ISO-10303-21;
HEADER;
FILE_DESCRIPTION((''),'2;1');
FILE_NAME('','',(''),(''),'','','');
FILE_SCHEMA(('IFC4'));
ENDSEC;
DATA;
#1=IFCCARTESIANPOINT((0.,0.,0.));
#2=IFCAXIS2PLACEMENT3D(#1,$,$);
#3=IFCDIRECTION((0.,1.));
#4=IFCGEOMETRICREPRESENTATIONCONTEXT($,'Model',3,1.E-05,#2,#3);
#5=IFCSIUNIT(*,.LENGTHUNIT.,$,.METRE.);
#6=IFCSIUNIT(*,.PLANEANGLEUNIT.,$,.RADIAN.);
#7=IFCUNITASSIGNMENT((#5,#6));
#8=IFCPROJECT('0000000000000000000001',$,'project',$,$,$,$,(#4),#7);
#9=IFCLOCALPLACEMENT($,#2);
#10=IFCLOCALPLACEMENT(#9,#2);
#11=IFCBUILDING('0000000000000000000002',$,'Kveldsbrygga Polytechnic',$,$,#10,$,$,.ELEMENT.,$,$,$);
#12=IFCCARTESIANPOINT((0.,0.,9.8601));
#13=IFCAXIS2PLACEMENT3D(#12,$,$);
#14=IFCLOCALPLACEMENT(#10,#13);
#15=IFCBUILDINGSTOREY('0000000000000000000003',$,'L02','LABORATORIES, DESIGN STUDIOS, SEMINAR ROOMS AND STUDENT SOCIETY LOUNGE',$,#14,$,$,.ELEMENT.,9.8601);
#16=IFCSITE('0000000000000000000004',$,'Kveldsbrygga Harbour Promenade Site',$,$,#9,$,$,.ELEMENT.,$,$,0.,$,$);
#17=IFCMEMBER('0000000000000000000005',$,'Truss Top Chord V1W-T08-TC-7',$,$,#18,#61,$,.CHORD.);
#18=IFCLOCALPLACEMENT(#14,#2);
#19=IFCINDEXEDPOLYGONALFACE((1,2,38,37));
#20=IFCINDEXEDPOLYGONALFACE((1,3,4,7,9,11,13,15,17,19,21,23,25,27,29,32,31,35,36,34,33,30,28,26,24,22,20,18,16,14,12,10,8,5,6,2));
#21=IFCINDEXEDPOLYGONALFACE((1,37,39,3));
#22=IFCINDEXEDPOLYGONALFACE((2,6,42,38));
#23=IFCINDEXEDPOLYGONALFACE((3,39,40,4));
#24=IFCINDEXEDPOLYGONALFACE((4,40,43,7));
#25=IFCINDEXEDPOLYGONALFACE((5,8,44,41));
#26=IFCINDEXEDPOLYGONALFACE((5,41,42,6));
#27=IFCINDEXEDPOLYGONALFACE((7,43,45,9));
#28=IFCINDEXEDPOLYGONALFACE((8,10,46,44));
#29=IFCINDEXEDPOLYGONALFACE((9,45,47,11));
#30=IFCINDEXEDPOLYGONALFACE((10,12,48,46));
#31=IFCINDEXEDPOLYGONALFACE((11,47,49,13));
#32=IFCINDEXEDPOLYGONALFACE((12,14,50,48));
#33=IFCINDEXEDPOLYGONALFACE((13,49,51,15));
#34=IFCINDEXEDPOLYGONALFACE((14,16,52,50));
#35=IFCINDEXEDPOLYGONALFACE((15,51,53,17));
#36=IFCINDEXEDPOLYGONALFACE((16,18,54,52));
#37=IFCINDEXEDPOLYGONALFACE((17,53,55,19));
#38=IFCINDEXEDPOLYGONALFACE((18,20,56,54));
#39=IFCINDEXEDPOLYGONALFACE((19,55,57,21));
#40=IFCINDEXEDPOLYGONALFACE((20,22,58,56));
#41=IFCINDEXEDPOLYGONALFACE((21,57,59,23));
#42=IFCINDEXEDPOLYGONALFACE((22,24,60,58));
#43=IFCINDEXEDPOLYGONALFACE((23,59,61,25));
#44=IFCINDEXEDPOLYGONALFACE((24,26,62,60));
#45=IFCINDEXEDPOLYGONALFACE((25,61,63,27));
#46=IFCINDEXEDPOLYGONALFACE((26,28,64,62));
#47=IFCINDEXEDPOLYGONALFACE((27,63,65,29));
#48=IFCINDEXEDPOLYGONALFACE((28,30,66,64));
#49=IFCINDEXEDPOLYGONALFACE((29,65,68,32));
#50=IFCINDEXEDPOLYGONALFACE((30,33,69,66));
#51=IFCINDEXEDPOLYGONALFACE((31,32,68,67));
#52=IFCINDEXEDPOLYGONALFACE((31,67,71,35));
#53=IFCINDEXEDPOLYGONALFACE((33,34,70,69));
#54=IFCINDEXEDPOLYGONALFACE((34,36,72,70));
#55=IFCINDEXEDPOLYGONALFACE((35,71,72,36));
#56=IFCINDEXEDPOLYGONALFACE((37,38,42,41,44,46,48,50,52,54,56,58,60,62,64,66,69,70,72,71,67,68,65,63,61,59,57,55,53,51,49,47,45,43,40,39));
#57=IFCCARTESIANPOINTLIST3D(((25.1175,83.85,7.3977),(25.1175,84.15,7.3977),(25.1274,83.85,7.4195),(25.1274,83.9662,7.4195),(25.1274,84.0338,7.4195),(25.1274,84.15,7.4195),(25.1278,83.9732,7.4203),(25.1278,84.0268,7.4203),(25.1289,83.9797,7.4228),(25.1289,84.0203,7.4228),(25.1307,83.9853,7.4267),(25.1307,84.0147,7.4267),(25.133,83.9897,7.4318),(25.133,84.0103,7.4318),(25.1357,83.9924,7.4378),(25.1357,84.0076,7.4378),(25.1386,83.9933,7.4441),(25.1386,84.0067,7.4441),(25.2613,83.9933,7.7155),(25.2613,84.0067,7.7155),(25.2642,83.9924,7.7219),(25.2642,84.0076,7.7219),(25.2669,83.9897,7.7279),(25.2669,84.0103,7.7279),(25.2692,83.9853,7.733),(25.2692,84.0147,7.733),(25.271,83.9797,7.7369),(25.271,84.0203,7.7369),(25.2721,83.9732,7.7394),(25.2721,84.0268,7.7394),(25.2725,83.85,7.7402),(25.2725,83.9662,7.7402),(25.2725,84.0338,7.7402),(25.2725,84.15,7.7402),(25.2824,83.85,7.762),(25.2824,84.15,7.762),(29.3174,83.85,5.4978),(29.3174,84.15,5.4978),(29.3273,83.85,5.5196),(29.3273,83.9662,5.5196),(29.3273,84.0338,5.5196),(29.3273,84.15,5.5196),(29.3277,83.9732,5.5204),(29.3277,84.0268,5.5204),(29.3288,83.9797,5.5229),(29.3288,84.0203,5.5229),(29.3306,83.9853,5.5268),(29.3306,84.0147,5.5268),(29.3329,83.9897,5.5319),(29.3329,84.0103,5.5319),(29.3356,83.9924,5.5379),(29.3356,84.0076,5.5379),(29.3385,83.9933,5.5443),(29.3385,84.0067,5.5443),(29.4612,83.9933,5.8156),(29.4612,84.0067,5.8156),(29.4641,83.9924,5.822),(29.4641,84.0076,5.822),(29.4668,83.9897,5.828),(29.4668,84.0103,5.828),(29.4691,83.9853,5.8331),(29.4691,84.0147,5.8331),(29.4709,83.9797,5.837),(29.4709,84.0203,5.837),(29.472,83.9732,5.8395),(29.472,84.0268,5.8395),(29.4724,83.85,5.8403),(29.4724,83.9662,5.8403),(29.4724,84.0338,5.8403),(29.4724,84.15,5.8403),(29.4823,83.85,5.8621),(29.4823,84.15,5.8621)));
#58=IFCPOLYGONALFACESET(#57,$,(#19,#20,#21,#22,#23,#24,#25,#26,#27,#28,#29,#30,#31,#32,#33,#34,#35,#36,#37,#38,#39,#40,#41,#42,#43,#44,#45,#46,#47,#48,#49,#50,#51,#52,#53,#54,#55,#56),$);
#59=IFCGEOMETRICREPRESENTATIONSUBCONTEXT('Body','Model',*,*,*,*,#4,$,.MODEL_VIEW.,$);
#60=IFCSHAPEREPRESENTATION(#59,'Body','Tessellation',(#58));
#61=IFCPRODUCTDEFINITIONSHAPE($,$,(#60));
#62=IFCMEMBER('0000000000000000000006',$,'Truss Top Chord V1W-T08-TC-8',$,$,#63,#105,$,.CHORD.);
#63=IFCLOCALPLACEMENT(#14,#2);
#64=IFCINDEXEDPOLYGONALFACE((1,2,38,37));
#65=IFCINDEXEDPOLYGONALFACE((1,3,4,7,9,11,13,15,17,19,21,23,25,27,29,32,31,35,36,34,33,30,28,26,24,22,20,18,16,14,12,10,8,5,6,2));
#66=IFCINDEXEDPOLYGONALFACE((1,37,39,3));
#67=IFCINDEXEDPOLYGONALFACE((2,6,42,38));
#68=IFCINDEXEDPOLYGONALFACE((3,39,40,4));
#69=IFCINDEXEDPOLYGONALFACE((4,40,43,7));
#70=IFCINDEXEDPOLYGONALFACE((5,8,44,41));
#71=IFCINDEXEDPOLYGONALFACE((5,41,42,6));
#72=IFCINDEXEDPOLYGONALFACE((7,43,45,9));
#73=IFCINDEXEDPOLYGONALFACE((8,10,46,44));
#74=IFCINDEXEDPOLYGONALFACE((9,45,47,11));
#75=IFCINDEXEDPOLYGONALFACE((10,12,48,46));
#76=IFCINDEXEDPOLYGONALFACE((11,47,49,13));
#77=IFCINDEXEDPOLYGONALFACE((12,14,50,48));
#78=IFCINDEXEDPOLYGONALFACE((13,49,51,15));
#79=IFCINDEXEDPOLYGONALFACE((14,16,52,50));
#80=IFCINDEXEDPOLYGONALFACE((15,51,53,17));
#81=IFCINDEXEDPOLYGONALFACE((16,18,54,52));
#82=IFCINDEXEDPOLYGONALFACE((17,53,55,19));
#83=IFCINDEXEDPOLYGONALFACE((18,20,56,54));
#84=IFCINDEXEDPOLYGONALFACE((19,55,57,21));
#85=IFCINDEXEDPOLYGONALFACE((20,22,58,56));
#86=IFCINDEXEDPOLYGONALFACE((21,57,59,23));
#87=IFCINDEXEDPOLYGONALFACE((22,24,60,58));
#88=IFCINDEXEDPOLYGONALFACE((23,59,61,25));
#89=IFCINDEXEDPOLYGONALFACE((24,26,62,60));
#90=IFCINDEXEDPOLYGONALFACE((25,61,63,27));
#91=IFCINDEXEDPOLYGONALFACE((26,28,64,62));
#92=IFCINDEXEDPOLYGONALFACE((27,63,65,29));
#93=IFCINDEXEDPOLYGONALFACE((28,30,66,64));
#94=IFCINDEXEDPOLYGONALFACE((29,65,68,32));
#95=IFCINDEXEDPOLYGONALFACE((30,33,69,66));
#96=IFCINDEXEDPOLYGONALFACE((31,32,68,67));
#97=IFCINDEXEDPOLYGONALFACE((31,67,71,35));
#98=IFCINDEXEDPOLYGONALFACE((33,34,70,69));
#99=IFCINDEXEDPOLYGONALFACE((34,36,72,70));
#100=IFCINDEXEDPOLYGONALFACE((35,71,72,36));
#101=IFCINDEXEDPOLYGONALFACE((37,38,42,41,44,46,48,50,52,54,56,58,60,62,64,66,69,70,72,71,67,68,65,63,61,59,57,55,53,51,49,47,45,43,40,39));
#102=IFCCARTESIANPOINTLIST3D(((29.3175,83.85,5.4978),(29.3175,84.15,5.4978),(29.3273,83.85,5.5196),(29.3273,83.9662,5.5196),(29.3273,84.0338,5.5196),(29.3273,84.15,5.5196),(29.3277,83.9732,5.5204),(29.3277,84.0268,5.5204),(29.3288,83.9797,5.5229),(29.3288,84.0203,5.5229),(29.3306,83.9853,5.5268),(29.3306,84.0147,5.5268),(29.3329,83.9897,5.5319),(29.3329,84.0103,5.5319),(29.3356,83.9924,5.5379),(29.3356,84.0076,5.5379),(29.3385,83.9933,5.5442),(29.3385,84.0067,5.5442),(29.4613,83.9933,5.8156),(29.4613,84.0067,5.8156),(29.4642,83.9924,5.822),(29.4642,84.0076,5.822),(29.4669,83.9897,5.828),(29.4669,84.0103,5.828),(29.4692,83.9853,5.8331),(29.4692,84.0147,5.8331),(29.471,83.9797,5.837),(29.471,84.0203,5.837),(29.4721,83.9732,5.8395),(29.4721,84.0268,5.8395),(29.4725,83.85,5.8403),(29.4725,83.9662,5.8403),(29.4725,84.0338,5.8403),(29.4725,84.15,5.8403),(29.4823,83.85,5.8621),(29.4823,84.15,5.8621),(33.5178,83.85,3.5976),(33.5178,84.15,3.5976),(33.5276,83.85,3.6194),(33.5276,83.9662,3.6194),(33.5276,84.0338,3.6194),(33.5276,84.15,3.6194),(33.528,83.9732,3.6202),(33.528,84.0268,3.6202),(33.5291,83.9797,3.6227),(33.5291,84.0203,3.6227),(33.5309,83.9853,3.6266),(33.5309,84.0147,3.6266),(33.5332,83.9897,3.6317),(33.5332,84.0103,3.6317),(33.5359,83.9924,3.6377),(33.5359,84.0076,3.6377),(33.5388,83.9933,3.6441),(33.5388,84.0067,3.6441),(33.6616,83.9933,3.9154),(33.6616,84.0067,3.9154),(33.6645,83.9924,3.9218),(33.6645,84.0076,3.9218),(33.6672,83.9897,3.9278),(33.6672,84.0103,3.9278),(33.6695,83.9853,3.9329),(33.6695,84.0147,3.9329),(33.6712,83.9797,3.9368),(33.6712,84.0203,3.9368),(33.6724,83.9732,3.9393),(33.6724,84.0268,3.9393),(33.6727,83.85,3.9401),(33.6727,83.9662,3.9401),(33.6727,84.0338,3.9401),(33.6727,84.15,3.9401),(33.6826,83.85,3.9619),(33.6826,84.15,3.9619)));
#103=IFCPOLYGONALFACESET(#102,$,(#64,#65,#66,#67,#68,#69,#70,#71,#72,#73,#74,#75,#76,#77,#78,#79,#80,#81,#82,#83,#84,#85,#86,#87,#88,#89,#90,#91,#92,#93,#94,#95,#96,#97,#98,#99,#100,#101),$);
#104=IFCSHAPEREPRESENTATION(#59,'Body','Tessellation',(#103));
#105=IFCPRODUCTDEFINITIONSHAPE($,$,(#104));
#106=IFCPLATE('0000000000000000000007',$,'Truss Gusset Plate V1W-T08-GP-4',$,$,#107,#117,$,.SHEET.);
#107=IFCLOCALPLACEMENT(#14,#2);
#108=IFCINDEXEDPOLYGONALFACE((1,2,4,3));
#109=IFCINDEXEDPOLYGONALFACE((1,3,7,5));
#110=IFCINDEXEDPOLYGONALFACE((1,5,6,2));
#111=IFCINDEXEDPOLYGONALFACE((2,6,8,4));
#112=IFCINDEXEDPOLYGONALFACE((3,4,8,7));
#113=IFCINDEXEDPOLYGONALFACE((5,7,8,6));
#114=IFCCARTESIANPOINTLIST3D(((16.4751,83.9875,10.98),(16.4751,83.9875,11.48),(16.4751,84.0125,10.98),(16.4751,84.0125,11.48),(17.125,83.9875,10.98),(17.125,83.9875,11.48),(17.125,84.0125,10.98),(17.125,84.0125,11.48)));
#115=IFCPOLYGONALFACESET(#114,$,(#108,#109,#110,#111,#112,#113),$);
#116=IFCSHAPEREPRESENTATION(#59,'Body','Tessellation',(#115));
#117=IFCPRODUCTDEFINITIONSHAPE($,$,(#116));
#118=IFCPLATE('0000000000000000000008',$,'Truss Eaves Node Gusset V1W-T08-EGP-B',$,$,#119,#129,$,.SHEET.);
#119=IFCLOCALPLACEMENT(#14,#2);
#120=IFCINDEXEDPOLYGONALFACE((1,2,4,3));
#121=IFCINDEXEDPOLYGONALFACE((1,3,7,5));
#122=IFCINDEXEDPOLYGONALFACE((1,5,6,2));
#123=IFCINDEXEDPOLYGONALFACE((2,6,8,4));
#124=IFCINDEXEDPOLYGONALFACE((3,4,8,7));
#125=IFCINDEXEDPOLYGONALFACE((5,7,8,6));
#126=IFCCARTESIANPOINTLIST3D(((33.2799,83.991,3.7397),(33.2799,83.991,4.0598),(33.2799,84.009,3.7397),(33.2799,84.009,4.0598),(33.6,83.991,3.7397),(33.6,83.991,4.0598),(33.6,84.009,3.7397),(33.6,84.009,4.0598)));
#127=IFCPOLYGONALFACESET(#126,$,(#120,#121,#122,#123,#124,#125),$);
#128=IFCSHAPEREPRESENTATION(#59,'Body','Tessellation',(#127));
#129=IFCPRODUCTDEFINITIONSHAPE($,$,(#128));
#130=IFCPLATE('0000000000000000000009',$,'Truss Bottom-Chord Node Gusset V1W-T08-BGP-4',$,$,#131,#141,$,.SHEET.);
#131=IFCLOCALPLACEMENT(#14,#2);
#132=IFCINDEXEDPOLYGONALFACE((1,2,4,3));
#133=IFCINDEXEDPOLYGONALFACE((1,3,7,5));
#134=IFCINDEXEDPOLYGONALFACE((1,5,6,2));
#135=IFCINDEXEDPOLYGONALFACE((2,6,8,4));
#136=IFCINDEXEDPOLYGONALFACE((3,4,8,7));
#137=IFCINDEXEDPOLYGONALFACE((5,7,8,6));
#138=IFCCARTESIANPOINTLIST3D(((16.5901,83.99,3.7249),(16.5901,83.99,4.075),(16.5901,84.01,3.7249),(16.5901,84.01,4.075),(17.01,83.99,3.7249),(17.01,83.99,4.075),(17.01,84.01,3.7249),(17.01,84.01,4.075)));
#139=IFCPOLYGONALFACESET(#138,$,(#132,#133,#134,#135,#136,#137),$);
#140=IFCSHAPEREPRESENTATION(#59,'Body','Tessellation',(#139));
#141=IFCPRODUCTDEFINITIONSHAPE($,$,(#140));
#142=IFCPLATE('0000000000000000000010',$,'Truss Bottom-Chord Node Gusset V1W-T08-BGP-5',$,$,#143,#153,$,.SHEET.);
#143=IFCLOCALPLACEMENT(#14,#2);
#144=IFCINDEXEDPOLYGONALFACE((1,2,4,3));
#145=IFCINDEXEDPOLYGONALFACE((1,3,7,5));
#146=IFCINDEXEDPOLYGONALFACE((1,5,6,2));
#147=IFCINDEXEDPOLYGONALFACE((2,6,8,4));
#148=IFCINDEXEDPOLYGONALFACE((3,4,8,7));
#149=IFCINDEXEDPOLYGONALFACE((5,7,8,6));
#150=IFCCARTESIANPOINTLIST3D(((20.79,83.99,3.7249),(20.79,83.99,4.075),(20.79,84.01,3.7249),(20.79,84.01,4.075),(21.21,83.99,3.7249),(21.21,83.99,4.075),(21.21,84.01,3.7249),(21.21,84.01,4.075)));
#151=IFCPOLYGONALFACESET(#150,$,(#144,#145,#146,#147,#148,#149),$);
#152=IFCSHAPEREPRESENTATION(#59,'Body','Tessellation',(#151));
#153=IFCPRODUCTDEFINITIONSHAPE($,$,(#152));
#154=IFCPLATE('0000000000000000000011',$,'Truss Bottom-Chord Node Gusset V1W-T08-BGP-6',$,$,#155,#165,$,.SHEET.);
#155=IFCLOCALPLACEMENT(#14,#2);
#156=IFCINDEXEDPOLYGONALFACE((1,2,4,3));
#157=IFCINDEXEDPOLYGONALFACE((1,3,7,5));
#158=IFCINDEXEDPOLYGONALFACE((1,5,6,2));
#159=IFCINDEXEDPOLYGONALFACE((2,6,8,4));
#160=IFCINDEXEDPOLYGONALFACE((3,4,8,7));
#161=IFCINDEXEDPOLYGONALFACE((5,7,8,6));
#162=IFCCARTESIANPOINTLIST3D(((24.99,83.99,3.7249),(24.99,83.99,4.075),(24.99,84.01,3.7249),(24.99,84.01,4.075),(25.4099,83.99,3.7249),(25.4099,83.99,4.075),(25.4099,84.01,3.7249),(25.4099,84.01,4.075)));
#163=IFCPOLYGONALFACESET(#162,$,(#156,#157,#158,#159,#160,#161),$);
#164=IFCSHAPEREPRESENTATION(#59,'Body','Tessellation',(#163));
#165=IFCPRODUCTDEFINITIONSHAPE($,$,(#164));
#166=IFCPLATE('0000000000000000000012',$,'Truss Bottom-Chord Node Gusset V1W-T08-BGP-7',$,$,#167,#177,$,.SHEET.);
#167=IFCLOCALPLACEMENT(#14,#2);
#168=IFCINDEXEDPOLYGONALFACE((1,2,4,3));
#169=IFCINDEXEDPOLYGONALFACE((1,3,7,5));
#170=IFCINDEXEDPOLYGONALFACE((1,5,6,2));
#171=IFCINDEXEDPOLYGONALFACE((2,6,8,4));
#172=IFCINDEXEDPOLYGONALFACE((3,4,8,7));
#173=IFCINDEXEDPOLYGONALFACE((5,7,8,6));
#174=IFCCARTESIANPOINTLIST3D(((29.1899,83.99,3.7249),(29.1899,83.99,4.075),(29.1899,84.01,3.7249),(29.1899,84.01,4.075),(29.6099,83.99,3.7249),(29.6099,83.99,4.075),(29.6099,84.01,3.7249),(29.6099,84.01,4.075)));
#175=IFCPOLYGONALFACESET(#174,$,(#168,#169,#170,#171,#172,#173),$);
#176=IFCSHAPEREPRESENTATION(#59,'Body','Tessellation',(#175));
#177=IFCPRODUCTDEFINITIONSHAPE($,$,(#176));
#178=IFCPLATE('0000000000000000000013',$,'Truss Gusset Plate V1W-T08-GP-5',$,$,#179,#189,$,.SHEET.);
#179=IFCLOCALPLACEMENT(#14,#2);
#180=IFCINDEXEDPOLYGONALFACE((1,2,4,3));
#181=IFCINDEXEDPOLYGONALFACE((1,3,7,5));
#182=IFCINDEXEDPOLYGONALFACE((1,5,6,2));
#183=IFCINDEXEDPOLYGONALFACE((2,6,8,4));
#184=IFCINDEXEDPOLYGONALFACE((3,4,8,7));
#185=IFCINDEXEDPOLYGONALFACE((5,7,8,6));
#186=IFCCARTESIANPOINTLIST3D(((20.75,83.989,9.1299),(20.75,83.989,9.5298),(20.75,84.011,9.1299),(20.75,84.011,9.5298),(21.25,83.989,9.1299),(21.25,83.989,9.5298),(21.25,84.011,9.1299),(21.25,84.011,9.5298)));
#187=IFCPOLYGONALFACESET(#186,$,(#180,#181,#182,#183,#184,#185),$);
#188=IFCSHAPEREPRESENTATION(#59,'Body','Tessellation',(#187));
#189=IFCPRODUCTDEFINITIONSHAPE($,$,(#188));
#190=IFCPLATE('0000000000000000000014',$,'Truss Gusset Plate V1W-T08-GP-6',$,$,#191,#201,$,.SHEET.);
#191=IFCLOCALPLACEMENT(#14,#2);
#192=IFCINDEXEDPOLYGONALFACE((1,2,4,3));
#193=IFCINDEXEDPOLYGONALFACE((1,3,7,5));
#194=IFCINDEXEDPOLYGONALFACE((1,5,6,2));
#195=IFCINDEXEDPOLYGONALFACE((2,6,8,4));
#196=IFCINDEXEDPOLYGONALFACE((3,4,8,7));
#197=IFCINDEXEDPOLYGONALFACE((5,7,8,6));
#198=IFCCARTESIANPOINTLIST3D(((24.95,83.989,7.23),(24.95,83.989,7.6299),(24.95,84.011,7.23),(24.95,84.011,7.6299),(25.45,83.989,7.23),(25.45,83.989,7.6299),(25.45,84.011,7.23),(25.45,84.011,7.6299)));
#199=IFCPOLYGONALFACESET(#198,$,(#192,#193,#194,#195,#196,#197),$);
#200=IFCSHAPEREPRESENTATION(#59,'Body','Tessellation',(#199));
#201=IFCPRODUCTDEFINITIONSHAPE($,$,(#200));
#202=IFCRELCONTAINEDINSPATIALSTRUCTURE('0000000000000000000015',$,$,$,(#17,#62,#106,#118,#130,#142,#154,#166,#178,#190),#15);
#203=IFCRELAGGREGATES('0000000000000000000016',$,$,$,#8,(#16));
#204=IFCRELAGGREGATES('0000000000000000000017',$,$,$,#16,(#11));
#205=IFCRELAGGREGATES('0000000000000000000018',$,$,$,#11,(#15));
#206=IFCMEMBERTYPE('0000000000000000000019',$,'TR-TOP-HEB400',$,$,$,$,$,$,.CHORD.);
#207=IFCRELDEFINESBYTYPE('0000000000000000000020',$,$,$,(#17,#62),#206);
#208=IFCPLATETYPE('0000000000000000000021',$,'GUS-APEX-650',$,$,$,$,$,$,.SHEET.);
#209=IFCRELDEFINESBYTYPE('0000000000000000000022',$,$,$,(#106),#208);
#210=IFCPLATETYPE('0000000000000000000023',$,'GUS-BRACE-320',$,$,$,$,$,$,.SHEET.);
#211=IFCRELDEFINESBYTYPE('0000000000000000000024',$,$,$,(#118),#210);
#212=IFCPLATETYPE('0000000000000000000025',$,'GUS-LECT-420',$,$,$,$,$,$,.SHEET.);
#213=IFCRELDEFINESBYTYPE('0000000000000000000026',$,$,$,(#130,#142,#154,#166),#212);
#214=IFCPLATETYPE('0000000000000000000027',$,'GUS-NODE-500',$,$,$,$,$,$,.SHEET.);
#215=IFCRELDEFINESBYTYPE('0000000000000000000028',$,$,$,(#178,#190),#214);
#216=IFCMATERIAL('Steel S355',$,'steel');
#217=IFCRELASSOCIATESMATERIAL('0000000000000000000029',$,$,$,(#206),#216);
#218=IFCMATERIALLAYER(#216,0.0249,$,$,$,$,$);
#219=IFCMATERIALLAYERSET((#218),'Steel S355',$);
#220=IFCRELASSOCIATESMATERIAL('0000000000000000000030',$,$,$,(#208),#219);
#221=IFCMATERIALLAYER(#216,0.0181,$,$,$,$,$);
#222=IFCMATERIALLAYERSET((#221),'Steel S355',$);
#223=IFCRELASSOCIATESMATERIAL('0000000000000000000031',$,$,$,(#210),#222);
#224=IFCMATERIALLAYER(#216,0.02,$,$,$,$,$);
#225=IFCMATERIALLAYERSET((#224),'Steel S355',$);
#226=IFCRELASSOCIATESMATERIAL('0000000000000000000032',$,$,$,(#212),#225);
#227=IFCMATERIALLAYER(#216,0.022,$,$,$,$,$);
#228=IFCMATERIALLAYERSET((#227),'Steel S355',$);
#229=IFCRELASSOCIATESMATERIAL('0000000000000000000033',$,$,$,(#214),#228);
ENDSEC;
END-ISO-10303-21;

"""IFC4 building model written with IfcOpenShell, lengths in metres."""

from ifc_helpers import new_model, si_unit, direction, frame, origin, origin_2d, place, context, subcontext, project, spatial, rectangle, i_section, extrude, material, layer, layer_set, material_profile, profile_set, type_object, element, save


model = new_model("IFC4")

# Units and contexts
model_context = context("Model", 3, precision=1e-05, world=origin(), true_north=direction((0.0, 1.0)))
body_context = subcontext(model_context, "Body", "Model", "MODEL_VIEW")
ifc_project = project(units=[si_unit("LENGTHUNIT", "METRE"), si_unit("PLANEANGLEUNIT", "RADIAN")], contexts=[model_context])

# Site, building, storey
site_placement = place(None, origin())
site = spatial("IfcSite", under=ifc_project, at=site_placement, Name="Kveldsbrygga Harbour Promenade Site", CompositionType="ELEMENT", RefElevation=0.0)
building_placement = place(site_placement, origin())
building = spatial("IfcBuilding", under=site, at=building_placement, Name="Kveldsbrygga Polytechnic", CompositionType="ELEMENT")
storey_placement = place(building_placement, frame((0.0, 0.0, 9.8601)))
storey = spatial("IfcBuildingStorey", under=building, at=storey_placement, Name="L02", Description="LABORATORIES, DESIGN STUDIOS, SEMINAR ROOMS AND STUDENT SOCIETY LOUNGE", CompositionType="ELEMENT", Elevation=9.8601)

# Shared definitions
ifc_material_1 = material(Name="Steel S355", Category="steel")

# Members
ifc_material_profile_1 = material_profile(ifc_material_1, i_section(OverallWidth=0.3, OverallDepth=0.3999, WebThickness=0.0134, FlangeThickness=0.0239, FilletRadius=0.0271, at=origin_2d()), Name="HEB 400")
ifc_profile_set_1 = profile_set([ifc_material_profile_1], Name="Steel S355")
member_type_1 = type_object("IfcMemberType", Name="TR-TOP-HEB400", PredefinedType="CHORD", material=ifc_profile_set_1)
member_1_placement = place(storey_placement, frame((25.2, 84.0, 7.5798), z_axis=(0.911114, 0.0, -0.412154), x_axis=(0.0, 1.0, 0.0)))
element("IfcMember", 1, at=member_1_placement, inside=storey, type_object=member_type_1, Name="Truss Top Chord V1W-T08-TC-7", PredefinedType="CHORD", context=body_context, shape_type="SweptSolid", body=[
    extrude(i_section(OverallWidth=0.3, OverallDepth=0.3999, WebThickness=0.0134, FlangeThickness=0.0239, FilletRadius=0.0271, at=origin_2d()), origin(), (0.0, 0.0, 1.0), 4.6096),
])
member_2_placement = place(storey_placement, frame((29.3999, 84.0, 5.6799), z_axis=(0.911103, 0.0, -0.412178), x_axis=(0.0, 1.0, 0.0)))
element("IfcMember", 2, at=member_2_placement, inside=storey, type_object=member_type_1, Name="Truss Top Chord V1W-T08-TC-8", PredefinedType="CHORD", context=body_context, shape_type="SweptSolid", body=[
    extrude(i_section(OverallWidth=0.3, OverallDepth=0.3999, WebThickness=0.0134, FlangeThickness=0.0239, FilletRadius=0.0271, at=origin_2d()), origin(), (0.0, 0.0, 1.0), 4.6101),
])

# Plates
ifc_layer_1 = layer(ifc_material_1, 0.0249)
ifc_layer_set_1 = layer_set([ifc_layer_1], Name="Steel S355")
plate_type_1 = type_object("IfcPlateType", Name="GUS-APEX-650", PredefinedType="SHEET", material=ifc_layer_set_1)
plate_1_placement = place(storey_placement, frame((16.8, 84.0, 10.98), z_axis=(0.0, 0.0, 1.0), x_axis=(1.0, 0.0, 0.0)))
element("IfcPlate", 3, at=plate_1_placement, inside=storey, type_object=plate_type_1, Name="Truss Gusset Plate V1W-T08-GP-4", PredefinedType="SHEET", context=body_context, shape_type="SweptSolid", body=[
    extrude(rectangle(XDim=0.6499, YDim=0.0249, at=origin_2d()), origin(), (0.0, 0.0, 1.0), 0.5),
])
ifc_layer_2 = layer(ifc_material_1, 0.0181)
ifc_layer_set_2 = layer_set([ifc_layer_2], Name="Steel S355")
plate_type_2 = type_object("IfcPlateType", Name="GUS-BRACE-320", PredefinedType="SHEET", material=ifc_layer_set_2)
plate_2_placement = place(storey_placement, frame((33.4399, 84.0, 3.7397), z_axis=(0.0, 0.0, 1.0), x_axis=(1.0, 0.0, 0.0)))
element("IfcPlate", 4, at=plate_2_placement, inside=storey, type_object=plate_type_2, Name="Truss Eaves Node Gusset V1W-T08-EGP-B", PredefinedType="SHEET", context=body_context, shape_type="SweptSolid", body=[
    extrude(rectangle(XDim=0.3201, YDim=0.0181, at=origin_2d()), origin(), (0.0, 0.0, 1.0), 0.3201),
])
ifc_layer_3 = layer(ifc_material_1, 0.02)
ifc_layer_set_3 = layer_set([ifc_layer_3], Name="Steel S355")
plate_type_3 = type_object("IfcPlateType", Name="GUS-LECT-420", PredefinedType="SHEET", material=ifc_layer_set_3)
for number, where, z_axis, x_axis, name in (
    (5, (16.8, 84.0, 3.7249), (0.0, 0.0, 1.0), (1.0, 0.0, 0.0), "Truss Bottom-Chord Node Gusset V1W-T08-BGP-4"),
    (6, (21.0, 84.0, 3.7249), (0.0, 0.0, 1.0), (1.0, 0.0, 0.0), "Truss Bottom-Chord Node Gusset V1W-T08-BGP-5"),
    (7, (25.2, 84.0, 3.7249), (0.0, 0.0, 1.0), (1.0, 0.0, 0.0), "Truss Bottom-Chord Node Gusset V1W-T08-BGP-6"),
    (8, (29.3999, 84.0, 3.7249), (0.0, 0.0, 1.0), (1.0, 0.0, 0.0), "Truss Bottom-Chord Node Gusset V1W-T08-BGP-7"),
):
    element("IfcPlate", number, at=place(storey_placement, frame(where, z_axis=z_axis, x_axis=x_axis)), inside=storey, type_object=plate_type_3, Name=name, PredefinedType="SHEET", context=body_context, shape_type="SweptSolid", body=[
        extrude(rectangle(XDim=0.4199, YDim=0.02, at=origin_2d()), origin(), (0.0, 0.0, 1.0), 0.3501),
    ])
ifc_layer_4 = layer(ifc_material_1, 0.022)
ifc_layer_set_4 = layer_set([ifc_layer_4], Name="Steel S355")
plate_type_4 = type_object("IfcPlateType", Name="GUS-NODE-500", PredefinedType="SHEET", material=ifc_layer_set_4)
for number, where, z_axis, x_axis, name in (
    (9, (21.0, 84.0, 9.1299), (0.0, 0.0, 1.0), (1.0, 0.0, 0.0), "Truss Gusset Plate V1W-T08-GP-5"),
    (10, (25.2, 84.0, 7.23), (0.0, 0.0, 1.0), (1.0, 0.0, 0.0), "Truss Gusset Plate V1W-T08-GP-6"),
):
    element("IfcPlate", number, at=place(storey_placement, frame(where, z_axis=z_axis, x_axis=x_axis)), inside=storey, type_object=plate_type_4, Name=name, PredefinedType="SHEET", context=body_context, shape_type="SweptSolid", body=[
        extrude(rectangle(XDim=0.5, YDim=0.022, at=origin_2d()), origin(), (0.0, 0.0, 1.0), 0.3999),
    ])

save(model, "model.ifc")
